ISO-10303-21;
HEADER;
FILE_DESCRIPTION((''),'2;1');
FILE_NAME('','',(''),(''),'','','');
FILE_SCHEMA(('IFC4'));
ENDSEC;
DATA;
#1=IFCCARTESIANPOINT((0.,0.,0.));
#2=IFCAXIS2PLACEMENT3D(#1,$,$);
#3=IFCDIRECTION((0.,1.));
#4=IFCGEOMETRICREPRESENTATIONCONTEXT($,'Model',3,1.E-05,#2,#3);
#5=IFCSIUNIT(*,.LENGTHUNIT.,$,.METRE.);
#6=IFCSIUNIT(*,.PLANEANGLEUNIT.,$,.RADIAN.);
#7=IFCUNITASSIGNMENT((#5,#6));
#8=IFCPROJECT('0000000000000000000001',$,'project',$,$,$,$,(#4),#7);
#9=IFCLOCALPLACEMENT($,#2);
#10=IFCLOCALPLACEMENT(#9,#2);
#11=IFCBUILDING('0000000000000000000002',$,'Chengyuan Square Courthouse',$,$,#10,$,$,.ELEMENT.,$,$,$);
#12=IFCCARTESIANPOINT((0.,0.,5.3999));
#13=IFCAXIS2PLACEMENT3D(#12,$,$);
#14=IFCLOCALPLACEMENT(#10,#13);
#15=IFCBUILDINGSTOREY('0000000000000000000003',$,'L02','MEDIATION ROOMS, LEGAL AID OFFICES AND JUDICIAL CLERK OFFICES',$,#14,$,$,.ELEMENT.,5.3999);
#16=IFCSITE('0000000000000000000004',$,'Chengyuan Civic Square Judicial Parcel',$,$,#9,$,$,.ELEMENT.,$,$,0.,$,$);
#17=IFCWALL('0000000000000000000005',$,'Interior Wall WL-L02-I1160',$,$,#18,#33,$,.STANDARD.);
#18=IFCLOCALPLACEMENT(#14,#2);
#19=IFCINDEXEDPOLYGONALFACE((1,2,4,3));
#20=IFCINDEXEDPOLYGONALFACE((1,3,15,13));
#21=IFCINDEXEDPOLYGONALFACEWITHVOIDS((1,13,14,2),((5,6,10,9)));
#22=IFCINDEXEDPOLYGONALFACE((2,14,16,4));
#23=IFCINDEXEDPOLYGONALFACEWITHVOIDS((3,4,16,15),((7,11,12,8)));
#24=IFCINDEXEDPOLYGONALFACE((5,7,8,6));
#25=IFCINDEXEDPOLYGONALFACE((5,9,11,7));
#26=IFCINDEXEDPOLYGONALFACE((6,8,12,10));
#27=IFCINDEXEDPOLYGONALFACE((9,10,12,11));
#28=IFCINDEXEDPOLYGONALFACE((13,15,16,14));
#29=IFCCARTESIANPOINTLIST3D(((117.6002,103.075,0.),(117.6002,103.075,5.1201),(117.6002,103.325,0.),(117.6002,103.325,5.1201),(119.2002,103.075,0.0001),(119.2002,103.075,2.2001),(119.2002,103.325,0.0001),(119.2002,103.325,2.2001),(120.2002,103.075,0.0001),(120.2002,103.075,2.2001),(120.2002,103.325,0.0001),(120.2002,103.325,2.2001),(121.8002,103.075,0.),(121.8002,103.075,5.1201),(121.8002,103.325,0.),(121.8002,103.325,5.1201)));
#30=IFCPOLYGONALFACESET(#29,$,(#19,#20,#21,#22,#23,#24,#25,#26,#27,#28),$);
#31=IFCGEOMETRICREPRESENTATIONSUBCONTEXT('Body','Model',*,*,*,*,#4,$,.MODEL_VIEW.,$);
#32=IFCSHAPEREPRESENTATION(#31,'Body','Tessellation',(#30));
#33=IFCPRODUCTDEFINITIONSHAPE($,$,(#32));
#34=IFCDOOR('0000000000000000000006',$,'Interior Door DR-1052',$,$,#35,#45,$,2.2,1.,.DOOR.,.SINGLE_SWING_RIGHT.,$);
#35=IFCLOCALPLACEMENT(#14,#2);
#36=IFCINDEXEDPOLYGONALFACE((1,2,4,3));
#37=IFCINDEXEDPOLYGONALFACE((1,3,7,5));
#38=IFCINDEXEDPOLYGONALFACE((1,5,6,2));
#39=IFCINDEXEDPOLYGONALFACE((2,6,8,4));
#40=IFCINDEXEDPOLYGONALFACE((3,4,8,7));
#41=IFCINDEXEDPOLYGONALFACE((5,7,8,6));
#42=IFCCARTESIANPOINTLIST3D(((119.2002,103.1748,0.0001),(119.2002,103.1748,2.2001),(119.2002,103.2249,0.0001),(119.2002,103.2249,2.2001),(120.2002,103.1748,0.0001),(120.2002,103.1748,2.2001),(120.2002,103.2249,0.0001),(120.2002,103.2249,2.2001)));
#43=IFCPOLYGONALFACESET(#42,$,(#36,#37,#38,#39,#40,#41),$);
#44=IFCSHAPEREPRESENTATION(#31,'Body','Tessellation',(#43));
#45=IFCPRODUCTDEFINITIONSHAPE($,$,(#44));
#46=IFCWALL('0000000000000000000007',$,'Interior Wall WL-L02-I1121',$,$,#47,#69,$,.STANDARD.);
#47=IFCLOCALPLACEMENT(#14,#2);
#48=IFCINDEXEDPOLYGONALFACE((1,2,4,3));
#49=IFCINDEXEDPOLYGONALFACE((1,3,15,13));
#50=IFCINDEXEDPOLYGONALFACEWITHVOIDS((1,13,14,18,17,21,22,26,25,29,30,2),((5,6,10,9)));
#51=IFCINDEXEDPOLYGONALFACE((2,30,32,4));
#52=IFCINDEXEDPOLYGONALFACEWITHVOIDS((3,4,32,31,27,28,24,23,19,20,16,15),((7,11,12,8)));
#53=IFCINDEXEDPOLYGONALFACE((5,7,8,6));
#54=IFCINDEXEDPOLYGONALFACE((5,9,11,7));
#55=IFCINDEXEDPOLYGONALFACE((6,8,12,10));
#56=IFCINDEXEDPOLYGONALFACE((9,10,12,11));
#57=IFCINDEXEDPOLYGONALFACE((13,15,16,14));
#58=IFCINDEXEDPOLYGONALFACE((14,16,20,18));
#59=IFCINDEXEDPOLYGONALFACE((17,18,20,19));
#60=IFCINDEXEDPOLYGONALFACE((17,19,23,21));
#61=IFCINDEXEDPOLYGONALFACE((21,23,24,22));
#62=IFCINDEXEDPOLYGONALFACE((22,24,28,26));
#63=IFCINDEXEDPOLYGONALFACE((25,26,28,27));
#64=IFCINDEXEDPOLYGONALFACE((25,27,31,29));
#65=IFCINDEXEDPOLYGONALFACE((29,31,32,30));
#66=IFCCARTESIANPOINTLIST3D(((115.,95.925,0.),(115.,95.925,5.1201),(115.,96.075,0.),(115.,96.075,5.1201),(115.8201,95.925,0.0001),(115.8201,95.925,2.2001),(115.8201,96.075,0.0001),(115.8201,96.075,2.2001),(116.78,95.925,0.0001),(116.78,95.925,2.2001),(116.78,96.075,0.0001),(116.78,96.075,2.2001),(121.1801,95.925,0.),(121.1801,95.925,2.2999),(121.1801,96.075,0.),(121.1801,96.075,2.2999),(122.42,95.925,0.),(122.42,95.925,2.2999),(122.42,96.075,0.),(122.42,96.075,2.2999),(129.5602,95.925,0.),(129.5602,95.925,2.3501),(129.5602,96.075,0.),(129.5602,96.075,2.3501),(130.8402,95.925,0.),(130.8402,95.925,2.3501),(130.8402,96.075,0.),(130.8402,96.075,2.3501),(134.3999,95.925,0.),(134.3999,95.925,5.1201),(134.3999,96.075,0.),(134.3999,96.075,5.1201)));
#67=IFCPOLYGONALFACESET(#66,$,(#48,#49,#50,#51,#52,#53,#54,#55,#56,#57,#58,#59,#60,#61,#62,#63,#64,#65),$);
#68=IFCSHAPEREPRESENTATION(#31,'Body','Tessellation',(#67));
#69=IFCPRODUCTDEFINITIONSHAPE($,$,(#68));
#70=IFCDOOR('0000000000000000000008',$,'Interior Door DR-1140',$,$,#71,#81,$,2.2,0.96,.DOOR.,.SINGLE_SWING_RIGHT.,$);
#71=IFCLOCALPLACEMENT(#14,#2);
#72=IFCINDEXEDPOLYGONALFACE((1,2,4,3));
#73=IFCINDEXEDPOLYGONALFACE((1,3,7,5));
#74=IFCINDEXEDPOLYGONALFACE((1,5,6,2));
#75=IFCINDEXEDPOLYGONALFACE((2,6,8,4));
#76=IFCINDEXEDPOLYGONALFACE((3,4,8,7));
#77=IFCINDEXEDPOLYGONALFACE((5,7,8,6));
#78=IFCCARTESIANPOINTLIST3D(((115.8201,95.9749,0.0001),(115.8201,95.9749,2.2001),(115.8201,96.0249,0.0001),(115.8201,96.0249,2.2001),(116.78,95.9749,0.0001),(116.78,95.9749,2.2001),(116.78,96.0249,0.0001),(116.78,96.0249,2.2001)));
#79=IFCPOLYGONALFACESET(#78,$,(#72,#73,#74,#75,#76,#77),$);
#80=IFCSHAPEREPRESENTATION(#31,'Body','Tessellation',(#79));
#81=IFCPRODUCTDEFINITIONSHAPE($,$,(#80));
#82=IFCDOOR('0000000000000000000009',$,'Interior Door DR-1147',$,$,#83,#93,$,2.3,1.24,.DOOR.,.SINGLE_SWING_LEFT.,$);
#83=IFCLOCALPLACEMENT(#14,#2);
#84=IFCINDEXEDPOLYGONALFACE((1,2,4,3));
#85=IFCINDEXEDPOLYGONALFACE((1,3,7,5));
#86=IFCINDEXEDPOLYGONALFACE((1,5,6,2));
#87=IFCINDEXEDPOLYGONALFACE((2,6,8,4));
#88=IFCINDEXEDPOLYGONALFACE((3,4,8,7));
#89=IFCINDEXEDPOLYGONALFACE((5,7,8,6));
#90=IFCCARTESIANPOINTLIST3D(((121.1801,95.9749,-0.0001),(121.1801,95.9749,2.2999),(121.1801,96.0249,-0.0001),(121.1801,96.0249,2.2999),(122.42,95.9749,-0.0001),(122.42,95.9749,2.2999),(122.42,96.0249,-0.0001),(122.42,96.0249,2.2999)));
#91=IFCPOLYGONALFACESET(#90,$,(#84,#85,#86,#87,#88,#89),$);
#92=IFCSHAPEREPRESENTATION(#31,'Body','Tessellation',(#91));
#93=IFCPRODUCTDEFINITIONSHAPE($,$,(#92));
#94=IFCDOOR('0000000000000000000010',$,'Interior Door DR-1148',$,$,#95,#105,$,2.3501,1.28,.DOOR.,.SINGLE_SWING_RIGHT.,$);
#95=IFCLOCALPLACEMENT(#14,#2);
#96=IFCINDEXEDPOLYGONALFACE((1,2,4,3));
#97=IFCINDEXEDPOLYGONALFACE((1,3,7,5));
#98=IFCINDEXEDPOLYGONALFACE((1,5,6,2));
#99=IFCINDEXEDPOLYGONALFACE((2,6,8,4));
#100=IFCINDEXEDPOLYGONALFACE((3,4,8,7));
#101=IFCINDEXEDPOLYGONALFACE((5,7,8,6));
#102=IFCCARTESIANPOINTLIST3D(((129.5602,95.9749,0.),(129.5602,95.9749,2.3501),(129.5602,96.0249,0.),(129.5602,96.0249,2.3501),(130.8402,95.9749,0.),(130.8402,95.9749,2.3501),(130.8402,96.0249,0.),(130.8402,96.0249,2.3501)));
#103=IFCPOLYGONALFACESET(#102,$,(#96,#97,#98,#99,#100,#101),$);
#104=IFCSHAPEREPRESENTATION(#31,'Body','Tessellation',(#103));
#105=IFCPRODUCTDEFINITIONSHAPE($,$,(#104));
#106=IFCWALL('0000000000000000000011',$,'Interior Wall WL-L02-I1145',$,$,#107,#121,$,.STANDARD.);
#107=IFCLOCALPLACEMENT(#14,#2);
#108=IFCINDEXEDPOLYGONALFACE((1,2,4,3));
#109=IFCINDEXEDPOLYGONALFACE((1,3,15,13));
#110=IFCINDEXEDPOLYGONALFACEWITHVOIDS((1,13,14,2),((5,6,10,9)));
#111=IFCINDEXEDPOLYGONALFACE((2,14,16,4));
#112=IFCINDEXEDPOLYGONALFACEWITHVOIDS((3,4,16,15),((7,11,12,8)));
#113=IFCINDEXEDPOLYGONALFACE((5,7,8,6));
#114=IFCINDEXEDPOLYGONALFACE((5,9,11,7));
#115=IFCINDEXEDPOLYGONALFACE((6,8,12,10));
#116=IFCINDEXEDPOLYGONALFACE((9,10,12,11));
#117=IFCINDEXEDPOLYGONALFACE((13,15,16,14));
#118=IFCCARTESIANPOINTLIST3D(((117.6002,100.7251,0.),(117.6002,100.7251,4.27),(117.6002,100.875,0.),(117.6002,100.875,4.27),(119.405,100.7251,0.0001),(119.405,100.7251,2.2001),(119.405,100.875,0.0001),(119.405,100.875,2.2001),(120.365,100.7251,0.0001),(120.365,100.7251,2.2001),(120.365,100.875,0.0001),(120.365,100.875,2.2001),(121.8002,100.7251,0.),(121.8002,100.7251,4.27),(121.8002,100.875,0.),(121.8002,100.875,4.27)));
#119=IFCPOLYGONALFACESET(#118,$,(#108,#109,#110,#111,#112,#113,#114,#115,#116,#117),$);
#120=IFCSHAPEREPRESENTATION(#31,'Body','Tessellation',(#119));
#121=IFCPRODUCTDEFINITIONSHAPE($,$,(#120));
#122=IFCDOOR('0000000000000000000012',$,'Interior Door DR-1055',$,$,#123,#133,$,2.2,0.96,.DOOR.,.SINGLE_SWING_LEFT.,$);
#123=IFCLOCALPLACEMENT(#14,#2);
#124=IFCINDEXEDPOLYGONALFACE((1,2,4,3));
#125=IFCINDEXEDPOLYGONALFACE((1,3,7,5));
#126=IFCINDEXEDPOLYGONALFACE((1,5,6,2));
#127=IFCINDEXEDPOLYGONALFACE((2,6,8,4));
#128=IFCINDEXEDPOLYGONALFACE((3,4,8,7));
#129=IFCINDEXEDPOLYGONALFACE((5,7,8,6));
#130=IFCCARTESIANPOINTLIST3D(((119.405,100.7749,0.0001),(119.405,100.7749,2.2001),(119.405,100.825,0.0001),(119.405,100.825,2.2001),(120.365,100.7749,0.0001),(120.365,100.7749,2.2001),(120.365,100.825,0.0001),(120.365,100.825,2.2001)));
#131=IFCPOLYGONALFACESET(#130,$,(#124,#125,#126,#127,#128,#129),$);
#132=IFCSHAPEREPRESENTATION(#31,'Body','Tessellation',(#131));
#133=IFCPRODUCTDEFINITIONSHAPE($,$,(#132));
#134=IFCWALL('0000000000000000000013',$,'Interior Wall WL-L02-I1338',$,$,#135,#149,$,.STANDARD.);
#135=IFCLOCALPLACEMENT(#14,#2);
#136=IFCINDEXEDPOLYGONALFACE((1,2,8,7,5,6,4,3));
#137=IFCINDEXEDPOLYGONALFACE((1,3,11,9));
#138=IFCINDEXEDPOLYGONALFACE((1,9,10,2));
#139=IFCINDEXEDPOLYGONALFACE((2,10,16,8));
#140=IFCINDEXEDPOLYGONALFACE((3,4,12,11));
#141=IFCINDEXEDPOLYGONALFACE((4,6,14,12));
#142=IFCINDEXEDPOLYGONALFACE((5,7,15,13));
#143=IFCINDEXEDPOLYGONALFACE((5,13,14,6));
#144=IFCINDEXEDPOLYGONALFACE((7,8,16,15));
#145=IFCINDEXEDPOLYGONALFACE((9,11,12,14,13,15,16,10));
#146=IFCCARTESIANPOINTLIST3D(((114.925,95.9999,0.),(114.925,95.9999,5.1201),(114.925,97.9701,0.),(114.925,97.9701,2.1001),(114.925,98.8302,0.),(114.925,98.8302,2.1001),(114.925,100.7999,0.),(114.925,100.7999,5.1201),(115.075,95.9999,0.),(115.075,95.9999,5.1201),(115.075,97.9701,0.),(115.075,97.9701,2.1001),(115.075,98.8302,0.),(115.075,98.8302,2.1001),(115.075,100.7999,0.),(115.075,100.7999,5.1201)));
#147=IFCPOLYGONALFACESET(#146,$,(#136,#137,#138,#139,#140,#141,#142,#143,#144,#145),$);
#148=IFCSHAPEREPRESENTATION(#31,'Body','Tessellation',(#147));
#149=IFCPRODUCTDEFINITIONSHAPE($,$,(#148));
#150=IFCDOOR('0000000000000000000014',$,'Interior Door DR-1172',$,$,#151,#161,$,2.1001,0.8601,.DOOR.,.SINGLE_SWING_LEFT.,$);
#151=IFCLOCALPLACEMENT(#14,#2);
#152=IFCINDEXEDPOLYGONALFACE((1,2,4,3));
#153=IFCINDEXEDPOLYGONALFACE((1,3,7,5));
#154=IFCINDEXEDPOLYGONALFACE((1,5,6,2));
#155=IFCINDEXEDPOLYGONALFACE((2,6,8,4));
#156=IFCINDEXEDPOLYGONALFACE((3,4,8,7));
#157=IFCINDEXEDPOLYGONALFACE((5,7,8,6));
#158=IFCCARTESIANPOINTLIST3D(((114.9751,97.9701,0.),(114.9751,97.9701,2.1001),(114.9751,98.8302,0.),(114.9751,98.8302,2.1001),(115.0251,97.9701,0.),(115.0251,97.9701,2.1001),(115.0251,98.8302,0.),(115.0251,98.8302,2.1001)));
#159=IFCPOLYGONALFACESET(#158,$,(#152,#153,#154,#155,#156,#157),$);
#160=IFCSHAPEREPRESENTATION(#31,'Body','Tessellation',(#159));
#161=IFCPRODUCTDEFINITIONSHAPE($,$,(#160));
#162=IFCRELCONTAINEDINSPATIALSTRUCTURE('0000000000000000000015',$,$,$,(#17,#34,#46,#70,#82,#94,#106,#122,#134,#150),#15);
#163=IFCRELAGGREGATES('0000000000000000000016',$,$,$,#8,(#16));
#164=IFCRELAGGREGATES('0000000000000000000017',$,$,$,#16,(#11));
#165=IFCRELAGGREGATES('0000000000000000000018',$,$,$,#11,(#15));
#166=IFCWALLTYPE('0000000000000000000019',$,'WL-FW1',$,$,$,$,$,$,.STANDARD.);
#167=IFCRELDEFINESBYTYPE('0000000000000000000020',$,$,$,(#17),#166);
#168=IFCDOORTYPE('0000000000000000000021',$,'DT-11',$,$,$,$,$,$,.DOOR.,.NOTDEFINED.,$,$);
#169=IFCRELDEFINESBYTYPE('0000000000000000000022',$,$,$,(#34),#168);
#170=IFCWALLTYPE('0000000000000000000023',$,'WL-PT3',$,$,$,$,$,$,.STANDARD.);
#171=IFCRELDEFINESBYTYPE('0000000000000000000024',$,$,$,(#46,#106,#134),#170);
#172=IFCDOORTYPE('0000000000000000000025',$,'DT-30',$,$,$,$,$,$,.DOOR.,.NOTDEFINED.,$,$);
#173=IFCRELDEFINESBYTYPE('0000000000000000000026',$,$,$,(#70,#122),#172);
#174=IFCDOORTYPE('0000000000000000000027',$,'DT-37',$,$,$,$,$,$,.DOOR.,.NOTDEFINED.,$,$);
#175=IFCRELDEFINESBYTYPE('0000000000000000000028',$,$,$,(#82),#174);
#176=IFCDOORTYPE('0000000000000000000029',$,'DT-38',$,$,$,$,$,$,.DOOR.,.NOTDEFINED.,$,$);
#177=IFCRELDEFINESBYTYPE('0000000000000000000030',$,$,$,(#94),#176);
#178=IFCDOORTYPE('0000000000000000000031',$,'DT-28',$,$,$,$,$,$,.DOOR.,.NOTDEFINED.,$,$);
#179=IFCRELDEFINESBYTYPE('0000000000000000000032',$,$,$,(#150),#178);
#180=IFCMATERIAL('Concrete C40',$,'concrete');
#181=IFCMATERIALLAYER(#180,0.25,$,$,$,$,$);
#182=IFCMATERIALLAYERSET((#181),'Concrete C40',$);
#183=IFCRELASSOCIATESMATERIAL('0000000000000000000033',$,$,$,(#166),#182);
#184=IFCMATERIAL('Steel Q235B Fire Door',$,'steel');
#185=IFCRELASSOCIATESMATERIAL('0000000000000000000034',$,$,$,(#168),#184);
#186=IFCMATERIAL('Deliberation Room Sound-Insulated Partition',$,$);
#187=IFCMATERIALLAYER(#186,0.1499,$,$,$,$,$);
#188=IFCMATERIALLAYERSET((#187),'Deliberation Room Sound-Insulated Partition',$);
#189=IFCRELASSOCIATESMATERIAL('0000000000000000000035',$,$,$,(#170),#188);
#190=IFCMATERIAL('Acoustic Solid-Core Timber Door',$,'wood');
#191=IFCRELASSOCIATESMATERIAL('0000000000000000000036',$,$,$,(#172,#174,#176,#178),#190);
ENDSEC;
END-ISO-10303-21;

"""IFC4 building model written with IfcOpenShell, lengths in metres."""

from ifc_helpers import new_model, si_unit, direction, frame, frame_2d, origin, place, context, subcontext, project, spatial, rectangle, extrude, material, layer, layer_set, type_object, element, fill, save


model = new_model("IFC4")

# Units and contexts
model_context = context("Model", 3, precision=1e-05, world=origin(), true_north=direction((0.0, 1.0)))
body_context = subcontext(model_context, "Body", "Model", "MODEL_VIEW")
ifc_project = project(units=[si_unit("LENGTHUNIT", "METRE"), si_unit("PLANEANGLEUNIT", "RADIAN")], contexts=[model_context])

# Site, building, storey
site_placement = place(None, origin())
site = spatial("IfcSite", under=ifc_project, at=site_placement, Name="Chengyuan Civic Square Judicial Parcel", CompositionType="ELEMENT", RefElevation=0.0)
building_placement = place(site_placement, origin())
building = spatial("IfcBuilding", under=site, at=building_placement, Name="Chengyuan Square Courthouse", CompositionType="ELEMENT")
storey_placement = place(building_placement, frame((0.0, 0.0, 5.3999)))
storey = spatial("IfcBuildingStorey", under=building, at=storey_placement, Name="L02", Description="MEDIATION ROOMS, LEGAL AID OFFICES AND JUDICIAL CLERK OFFICES", CompositionType="ELEMENT", Elevation=5.3999)

# Shared definitions
ifc_material_1 = material(Name="Concrete C40", Category="concrete")

# Shared definitions
ifc_layer_1 = layer(ifc_material_1, 0.25)
ifc_layer_set_1 = layer_set([ifc_layer_1], Name="Concrete C40")
wall_type_1 = type_object("IfcWallType", Name="WL-FW1", PredefinedType="STANDARD", material=ifc_layer_set_1)

# Shared definitions
ifc_material_2 = material(Name="Steel Q235B Fire Door", Category="steel")

# Wall, opening, door
wall_1_placement = place(storey_placement, frame((117.6001, 103.2, 0.0), z_axis=(0.0, 0.0, 1.0), x_axis=(1.0, 0.0, 0.0)))
wall_1 = element("IfcWall", 1, at=wall_1_placement, inside=storey, type_object=wall_type_1, Name="Interior Wall WL-L02-I1160", PredefinedType="STANDARD", context=body_context, shape_type="SweptSolid", body=[
    extrude(rectangle(XDim=4.2, YDim=0.25, at=frame_2d((2.1001, 0.0))), origin(), (0.0, 0.0, 1.0), 5.1201),
])
opening_1_placement = place(wall_1_placement, frame((1.6001, 0.0, 0.0)))
opening_1 = element("IfcOpeningElement", 2, at=opening_1_placement, cuts=wall_1, PredefinedType="OPENING", context=body_context, shape_type="SweptSolid", body=[
    extrude(rectangle(XDim=1.0, YDim=2.2, at=frame_2d((0.5, 1.1001))), frame((0.0, 0.137, 0.0), z_axis=(0.0, -1.0, 0.0), x_axis=(1.0, 0.0, 0.0)), (0.0, 0.0, 1.0), 0.2739),
])
door_type_1 = type_object("IfcDoorType", Name="DT-11", OperationType="NOTDEFINED", PredefinedType="DOOR", material=ifc_material_2)
door_1_placement = place(opening_1_placement, origin())
door_1 = element("IfcDoor", 3, at=door_1_placement, inside=storey, type_object=door_type_1, Name="Interior Door DR-1052", OperationType="SINGLE_SWING_RIGHT", OverallHeight=2.2, OverallWidth=1.0, PredefinedType="DOOR", context=body_context, shape_type="SweptSolid", body=[
    extrude(rectangle(XDim=1.0, YDim=2.2, at=frame_2d((0.5, 1.1001))), frame((0.0, 0.0249, 0.0), z_axis=(0.0, -1.0, 0.0), x_axis=(1.0, 0.0, 0.0)), (0.0, 0.0, 1.0), 0.05),
])
fill(opening_1, door_1)

# Wall, openings, doors
ifc_material_3 = material(Name="Deliberation Room Sound-Insulated Partition")
ifc_layer_2 = layer(ifc_material_3, 0.1499)
ifc_layer_set_2 = layer_set([ifc_layer_2], Name="Deliberation Room Sound-Insulated Partition")
wall_type_2 = type_object("IfcWallType", Name="WL-PT3", PredefinedType="STANDARD", material=ifc_layer_set_2)
wall_2_placement = place(storey_placement, frame((115.0, 96.0, 0.0), z_axis=(0.0, 0.0, 1.0), x_axis=(1.0, 0.0, 0.0)))
wall_2 = element("IfcWall", 4, at=wall_2_placement, inside=storey, type_object=wall_type_2, Name="Interior Wall WL-L02-I1121", PredefinedType="STANDARD", context=body_context, shape_type="SweptSolid", body=[
    extrude(rectangle(XDim=19.3999, YDim=0.1499, at=frame_2d((9.7, 0.0))), origin(), (0.0, 0.0, 1.0), 5.1201),
])
opening_2_placement = place(wall_2_placement, frame((0.8201, 0.0, 0.0)))
opening_2 = element("IfcOpeningElement", 5, at=opening_2_placement, cuts=wall_2, PredefinedType="OPENING", context=body_context, shape_type="SweptSolid", body=[
    extrude(rectangle(XDim=0.96, YDim=2.2, at=frame_2d((0.48, 1.1001))), frame((0.0, 0.0869, 0.0), z_axis=(0.0, -1.0, 0.0), x_axis=(1.0, 0.0, 0.0)), (0.0, 0.0, 1.0), 0.1738),
])
opening_3_placement = place(wall_2_placement, frame((6.1799, 0.0, 0.0)))
opening_3 = element("IfcOpeningElement", 6, at=opening_3_placement, cuts=wall_2, PredefinedType="OPENING", context=body_context, shape_type="SweptSolid", body=[
    extrude(rectangle(XDim=1.24, YDim=2.3, at=frame_2d((0.6201, 1.1499))), frame((0.0, 0.0869, 0.0), z_axis=(0.0, -1.0, 0.0), x_axis=(1.0, 0.0, 0.0)), (0.0, 0.0, 1.0), 0.1738),
])
opening_4_placement = place(wall_2_placement, frame((14.5601, 0.0, 0.0)))
opening_4 = element("IfcOpeningElement", 7, at=opening_4_placement, cuts=wall_2, PredefinedType="OPENING", context=body_context, shape_type="SweptSolid", body=[
    extrude(rectangle(XDim=1.28, YDim=2.3501, at=frame_2d((0.6401, 1.175))), frame((0.0, 0.0869, 0.0), z_axis=(0.0, -1.0, 0.0), x_axis=(1.0, 0.0, 0.0)), (0.0, 0.0, 1.0), 0.1738),
])
ifc_material_4 = material(Name="Acoustic Solid-Core Timber Door", Category="wood")
door_type_2 = type_object("IfcDoorType", Name="DT-30", OperationType="NOTDEFINED", PredefinedType="DOOR", material=ifc_material_4)
door_2_placement = place(opening_2_placement, origin())
door_2 = element("IfcDoor", 8, at=door_2_placement, inside=storey, type_object=door_type_2, Name="Interior Door DR-1140", OperationType="SINGLE_SWING_RIGHT", OverallHeight=2.2, OverallWidth=0.96, PredefinedType="DOOR", context=body_context, shape_type="SweptSolid", body=[
    extrude(rectangle(XDim=0.96, YDim=2.2, at=frame_2d((0.48, 1.1001))), frame((0.0, 0.0249, 0.0), z_axis=(0.0, -1.0, 0.0), x_axis=(1.0, 0.0, 0.0)), (0.0, 0.0, 1.0), 0.05),
])
fill(opening_2, door_2)
door_type_3 = type_object("IfcDoorType", Name="DT-37", OperationType="NOTDEFINED", PredefinedType="DOOR", material=ifc_material_4)
door_3_placement = place(opening_3_placement, origin())
door_3 = element("IfcDoor", 9, at=door_3_placement, inside=storey, type_object=door_type_3, Name="Interior Door DR-1147", OperationType="SINGLE_SWING_LEFT", OverallHeight=2.3, OverallWidth=1.24, PredefinedType="DOOR", context=body_context, shape_type="SweptSolid", body=[
    extrude(rectangle(XDim=1.24, YDim=2.3, at=frame_2d((0.6201, 1.1499))), frame((0.0, 0.0249, 0.0), z_axis=(0.0, -1.0, 0.0), x_axis=(1.0, 0.0, 0.0)), (0.0, 0.0, 1.0), 0.05),
])
fill(opening_3, door_3)
door_type_4 = type_object("IfcDoorType", Name="DT-38", OperationType="NOTDEFINED", PredefinedType="DOOR", material=ifc_material_4)
door_4_placement = place(opening_4_placement, origin())
door_4 = element("IfcDoor", 10, at=door_4_placement, inside=storey, type_object=door_type_4, Name="Interior Door DR-1148", OperationType="SINGLE_SWING_RIGHT", OverallHeight=2.3501, OverallWidth=1.28, PredefinedType="DOOR", context=body_context, shape_type="SweptSolid", body=[
    extrude(rectangle(XDim=1.28, YDim=2.3501, at=frame_2d((0.6401, 1.175))), frame((0.0, 0.0249, 0.0), z_axis=(0.0, -1.0, 0.0), x_axis=(1.0, 0.0, 0.0)), (0.0, 0.0, 1.0), 0.05),
])
fill(opening_4, door_4)

# Walls, openings, doors
wall_3_placement = place(storey_placement, frame((117.6001, 100.8, 0.0), z_axis=(0.0, 0.0, 1.0), x_axis=(1.0, 0.0, 0.0)))
wall_3 = element("IfcWall", 11, at=wall_3_placement, inside=storey, type_object=wall_type_2, Name="Interior Wall WL-L02-I1145", PredefinedType="STANDARD", context=body_context, shape_type="SweptSolid", body=[
    extrude(rectangle(XDim=4.2, YDim=0.1499, at=frame_2d((2.1001, 0.0))), origin(), (0.0, 0.0, 1.0), 4.27),
])
opening_5_placement = place(wall_3_placement, frame((1.8049, 0.0, 0.0)))
opening_5 = element("IfcOpeningElement", 12, at=opening_5_placement, cuts=wall_3, PredefinedType="OPENING", context=body_context, shape_type="SweptSolid", body=[
    extrude(rectangle(XDim=0.96, YDim=2.2, at=frame_2d((0.48, 1.1001))), frame((0.0, 0.0869, 0.0), z_axis=(0.0, -1.0, 0.0), x_axis=(1.0, 0.0, 0.0)), (0.0, 0.0, 1.0), 0.1738),
])
door_5_placement = place(opening_5_placement, origin())
door_5 = element("IfcDoor", 13, at=door_5_placement, inside=storey, type_object=door_type_2, Name="Interior Door DR-1055", OperationType="SINGLE_SWING_LEFT", OverallHeight=2.2, OverallWidth=0.96, PredefinedType="DOOR", context=body_context, shape_type="SweptSolid", body=[
    extrude(rectangle(XDim=0.96, YDim=2.2, at=frame_2d((0.48, 1.1001))), frame((0.0, 0.0249, 0.0), z_axis=(0.0, -1.0, 0.0), x_axis=(1.0, 0.0, 0.0)), (0.0, 0.0, 1.0), 0.05),
])
fill(opening_5, door_5)
wall_4_placement = place(storey_placement, frame((115.0, 96.0, 0.0), z_axis=(0.0, 0.0, 1.0), x_axis=(0.0, 1.0, 0.0)))
wall_4 = element("IfcWall", 14, at=wall_4_placement, inside=storey, type_object=wall_type_2, Name="Interior Wall WL-L02-I1338", PredefinedType="STANDARD", context=body_context, shape_type="SweptSolid", body=[
    extrude(rectangle(XDim=4.8, YDim=0.1499, at=frame_2d((2.3999, 0.0))), origin(), (0.0, 0.0, 1.0), 5.1201),
])
opening_6_placement = place(wall_4_placement, frame((1.97, 0.0, 0.0)))
opening_6 = element("IfcOpeningElement", 15, at=opening_6_placement, cuts=wall_4, PredefinedType="OPENING", context=body_context, shape_type="SweptSolid", body=[
    extrude(rectangle(XDim=0.8601, YDim=2.1001, at=frame_2d((0.4302, 1.05))), frame((0.0, 0.0869, 0.0), z_axis=(0.0, -1.0, 0.0), x_axis=(1.0, 0.0, 0.0)), (0.0, 0.0, 1.0), 0.1738),
])
door_type_5 = type_object("IfcDoorType", Name="DT-28", OperationType="NOTDEFINED", PredefinedType="DOOR", material=ifc_material_4)
door_6_placement = place(opening_6_placement, origin())
door_6 = element("IfcDoor", 16, at=door_6_placement, inside=storey, type_object=door_type_5, Name="Interior Door DR-1172", OperationType="SINGLE_SWING_LEFT", OverallHeight=2.1001, OverallWidth=0.8601, PredefinedType="DOOR", context=body_context, shape_type="SweptSolid", body=[
    extrude(rectangle(XDim=0.8601, YDim=2.1001, at=frame_2d((0.4302, 1.05))), frame((0.0, 0.0249, 0.0), z_axis=(0.0, -1.0, 0.0), x_axis=(1.0, 0.0, 0.0)), (0.0, 0.0, 1.0), 0.05),
])
fill(opening_6, door_6)

save(model, "model.ifc")
